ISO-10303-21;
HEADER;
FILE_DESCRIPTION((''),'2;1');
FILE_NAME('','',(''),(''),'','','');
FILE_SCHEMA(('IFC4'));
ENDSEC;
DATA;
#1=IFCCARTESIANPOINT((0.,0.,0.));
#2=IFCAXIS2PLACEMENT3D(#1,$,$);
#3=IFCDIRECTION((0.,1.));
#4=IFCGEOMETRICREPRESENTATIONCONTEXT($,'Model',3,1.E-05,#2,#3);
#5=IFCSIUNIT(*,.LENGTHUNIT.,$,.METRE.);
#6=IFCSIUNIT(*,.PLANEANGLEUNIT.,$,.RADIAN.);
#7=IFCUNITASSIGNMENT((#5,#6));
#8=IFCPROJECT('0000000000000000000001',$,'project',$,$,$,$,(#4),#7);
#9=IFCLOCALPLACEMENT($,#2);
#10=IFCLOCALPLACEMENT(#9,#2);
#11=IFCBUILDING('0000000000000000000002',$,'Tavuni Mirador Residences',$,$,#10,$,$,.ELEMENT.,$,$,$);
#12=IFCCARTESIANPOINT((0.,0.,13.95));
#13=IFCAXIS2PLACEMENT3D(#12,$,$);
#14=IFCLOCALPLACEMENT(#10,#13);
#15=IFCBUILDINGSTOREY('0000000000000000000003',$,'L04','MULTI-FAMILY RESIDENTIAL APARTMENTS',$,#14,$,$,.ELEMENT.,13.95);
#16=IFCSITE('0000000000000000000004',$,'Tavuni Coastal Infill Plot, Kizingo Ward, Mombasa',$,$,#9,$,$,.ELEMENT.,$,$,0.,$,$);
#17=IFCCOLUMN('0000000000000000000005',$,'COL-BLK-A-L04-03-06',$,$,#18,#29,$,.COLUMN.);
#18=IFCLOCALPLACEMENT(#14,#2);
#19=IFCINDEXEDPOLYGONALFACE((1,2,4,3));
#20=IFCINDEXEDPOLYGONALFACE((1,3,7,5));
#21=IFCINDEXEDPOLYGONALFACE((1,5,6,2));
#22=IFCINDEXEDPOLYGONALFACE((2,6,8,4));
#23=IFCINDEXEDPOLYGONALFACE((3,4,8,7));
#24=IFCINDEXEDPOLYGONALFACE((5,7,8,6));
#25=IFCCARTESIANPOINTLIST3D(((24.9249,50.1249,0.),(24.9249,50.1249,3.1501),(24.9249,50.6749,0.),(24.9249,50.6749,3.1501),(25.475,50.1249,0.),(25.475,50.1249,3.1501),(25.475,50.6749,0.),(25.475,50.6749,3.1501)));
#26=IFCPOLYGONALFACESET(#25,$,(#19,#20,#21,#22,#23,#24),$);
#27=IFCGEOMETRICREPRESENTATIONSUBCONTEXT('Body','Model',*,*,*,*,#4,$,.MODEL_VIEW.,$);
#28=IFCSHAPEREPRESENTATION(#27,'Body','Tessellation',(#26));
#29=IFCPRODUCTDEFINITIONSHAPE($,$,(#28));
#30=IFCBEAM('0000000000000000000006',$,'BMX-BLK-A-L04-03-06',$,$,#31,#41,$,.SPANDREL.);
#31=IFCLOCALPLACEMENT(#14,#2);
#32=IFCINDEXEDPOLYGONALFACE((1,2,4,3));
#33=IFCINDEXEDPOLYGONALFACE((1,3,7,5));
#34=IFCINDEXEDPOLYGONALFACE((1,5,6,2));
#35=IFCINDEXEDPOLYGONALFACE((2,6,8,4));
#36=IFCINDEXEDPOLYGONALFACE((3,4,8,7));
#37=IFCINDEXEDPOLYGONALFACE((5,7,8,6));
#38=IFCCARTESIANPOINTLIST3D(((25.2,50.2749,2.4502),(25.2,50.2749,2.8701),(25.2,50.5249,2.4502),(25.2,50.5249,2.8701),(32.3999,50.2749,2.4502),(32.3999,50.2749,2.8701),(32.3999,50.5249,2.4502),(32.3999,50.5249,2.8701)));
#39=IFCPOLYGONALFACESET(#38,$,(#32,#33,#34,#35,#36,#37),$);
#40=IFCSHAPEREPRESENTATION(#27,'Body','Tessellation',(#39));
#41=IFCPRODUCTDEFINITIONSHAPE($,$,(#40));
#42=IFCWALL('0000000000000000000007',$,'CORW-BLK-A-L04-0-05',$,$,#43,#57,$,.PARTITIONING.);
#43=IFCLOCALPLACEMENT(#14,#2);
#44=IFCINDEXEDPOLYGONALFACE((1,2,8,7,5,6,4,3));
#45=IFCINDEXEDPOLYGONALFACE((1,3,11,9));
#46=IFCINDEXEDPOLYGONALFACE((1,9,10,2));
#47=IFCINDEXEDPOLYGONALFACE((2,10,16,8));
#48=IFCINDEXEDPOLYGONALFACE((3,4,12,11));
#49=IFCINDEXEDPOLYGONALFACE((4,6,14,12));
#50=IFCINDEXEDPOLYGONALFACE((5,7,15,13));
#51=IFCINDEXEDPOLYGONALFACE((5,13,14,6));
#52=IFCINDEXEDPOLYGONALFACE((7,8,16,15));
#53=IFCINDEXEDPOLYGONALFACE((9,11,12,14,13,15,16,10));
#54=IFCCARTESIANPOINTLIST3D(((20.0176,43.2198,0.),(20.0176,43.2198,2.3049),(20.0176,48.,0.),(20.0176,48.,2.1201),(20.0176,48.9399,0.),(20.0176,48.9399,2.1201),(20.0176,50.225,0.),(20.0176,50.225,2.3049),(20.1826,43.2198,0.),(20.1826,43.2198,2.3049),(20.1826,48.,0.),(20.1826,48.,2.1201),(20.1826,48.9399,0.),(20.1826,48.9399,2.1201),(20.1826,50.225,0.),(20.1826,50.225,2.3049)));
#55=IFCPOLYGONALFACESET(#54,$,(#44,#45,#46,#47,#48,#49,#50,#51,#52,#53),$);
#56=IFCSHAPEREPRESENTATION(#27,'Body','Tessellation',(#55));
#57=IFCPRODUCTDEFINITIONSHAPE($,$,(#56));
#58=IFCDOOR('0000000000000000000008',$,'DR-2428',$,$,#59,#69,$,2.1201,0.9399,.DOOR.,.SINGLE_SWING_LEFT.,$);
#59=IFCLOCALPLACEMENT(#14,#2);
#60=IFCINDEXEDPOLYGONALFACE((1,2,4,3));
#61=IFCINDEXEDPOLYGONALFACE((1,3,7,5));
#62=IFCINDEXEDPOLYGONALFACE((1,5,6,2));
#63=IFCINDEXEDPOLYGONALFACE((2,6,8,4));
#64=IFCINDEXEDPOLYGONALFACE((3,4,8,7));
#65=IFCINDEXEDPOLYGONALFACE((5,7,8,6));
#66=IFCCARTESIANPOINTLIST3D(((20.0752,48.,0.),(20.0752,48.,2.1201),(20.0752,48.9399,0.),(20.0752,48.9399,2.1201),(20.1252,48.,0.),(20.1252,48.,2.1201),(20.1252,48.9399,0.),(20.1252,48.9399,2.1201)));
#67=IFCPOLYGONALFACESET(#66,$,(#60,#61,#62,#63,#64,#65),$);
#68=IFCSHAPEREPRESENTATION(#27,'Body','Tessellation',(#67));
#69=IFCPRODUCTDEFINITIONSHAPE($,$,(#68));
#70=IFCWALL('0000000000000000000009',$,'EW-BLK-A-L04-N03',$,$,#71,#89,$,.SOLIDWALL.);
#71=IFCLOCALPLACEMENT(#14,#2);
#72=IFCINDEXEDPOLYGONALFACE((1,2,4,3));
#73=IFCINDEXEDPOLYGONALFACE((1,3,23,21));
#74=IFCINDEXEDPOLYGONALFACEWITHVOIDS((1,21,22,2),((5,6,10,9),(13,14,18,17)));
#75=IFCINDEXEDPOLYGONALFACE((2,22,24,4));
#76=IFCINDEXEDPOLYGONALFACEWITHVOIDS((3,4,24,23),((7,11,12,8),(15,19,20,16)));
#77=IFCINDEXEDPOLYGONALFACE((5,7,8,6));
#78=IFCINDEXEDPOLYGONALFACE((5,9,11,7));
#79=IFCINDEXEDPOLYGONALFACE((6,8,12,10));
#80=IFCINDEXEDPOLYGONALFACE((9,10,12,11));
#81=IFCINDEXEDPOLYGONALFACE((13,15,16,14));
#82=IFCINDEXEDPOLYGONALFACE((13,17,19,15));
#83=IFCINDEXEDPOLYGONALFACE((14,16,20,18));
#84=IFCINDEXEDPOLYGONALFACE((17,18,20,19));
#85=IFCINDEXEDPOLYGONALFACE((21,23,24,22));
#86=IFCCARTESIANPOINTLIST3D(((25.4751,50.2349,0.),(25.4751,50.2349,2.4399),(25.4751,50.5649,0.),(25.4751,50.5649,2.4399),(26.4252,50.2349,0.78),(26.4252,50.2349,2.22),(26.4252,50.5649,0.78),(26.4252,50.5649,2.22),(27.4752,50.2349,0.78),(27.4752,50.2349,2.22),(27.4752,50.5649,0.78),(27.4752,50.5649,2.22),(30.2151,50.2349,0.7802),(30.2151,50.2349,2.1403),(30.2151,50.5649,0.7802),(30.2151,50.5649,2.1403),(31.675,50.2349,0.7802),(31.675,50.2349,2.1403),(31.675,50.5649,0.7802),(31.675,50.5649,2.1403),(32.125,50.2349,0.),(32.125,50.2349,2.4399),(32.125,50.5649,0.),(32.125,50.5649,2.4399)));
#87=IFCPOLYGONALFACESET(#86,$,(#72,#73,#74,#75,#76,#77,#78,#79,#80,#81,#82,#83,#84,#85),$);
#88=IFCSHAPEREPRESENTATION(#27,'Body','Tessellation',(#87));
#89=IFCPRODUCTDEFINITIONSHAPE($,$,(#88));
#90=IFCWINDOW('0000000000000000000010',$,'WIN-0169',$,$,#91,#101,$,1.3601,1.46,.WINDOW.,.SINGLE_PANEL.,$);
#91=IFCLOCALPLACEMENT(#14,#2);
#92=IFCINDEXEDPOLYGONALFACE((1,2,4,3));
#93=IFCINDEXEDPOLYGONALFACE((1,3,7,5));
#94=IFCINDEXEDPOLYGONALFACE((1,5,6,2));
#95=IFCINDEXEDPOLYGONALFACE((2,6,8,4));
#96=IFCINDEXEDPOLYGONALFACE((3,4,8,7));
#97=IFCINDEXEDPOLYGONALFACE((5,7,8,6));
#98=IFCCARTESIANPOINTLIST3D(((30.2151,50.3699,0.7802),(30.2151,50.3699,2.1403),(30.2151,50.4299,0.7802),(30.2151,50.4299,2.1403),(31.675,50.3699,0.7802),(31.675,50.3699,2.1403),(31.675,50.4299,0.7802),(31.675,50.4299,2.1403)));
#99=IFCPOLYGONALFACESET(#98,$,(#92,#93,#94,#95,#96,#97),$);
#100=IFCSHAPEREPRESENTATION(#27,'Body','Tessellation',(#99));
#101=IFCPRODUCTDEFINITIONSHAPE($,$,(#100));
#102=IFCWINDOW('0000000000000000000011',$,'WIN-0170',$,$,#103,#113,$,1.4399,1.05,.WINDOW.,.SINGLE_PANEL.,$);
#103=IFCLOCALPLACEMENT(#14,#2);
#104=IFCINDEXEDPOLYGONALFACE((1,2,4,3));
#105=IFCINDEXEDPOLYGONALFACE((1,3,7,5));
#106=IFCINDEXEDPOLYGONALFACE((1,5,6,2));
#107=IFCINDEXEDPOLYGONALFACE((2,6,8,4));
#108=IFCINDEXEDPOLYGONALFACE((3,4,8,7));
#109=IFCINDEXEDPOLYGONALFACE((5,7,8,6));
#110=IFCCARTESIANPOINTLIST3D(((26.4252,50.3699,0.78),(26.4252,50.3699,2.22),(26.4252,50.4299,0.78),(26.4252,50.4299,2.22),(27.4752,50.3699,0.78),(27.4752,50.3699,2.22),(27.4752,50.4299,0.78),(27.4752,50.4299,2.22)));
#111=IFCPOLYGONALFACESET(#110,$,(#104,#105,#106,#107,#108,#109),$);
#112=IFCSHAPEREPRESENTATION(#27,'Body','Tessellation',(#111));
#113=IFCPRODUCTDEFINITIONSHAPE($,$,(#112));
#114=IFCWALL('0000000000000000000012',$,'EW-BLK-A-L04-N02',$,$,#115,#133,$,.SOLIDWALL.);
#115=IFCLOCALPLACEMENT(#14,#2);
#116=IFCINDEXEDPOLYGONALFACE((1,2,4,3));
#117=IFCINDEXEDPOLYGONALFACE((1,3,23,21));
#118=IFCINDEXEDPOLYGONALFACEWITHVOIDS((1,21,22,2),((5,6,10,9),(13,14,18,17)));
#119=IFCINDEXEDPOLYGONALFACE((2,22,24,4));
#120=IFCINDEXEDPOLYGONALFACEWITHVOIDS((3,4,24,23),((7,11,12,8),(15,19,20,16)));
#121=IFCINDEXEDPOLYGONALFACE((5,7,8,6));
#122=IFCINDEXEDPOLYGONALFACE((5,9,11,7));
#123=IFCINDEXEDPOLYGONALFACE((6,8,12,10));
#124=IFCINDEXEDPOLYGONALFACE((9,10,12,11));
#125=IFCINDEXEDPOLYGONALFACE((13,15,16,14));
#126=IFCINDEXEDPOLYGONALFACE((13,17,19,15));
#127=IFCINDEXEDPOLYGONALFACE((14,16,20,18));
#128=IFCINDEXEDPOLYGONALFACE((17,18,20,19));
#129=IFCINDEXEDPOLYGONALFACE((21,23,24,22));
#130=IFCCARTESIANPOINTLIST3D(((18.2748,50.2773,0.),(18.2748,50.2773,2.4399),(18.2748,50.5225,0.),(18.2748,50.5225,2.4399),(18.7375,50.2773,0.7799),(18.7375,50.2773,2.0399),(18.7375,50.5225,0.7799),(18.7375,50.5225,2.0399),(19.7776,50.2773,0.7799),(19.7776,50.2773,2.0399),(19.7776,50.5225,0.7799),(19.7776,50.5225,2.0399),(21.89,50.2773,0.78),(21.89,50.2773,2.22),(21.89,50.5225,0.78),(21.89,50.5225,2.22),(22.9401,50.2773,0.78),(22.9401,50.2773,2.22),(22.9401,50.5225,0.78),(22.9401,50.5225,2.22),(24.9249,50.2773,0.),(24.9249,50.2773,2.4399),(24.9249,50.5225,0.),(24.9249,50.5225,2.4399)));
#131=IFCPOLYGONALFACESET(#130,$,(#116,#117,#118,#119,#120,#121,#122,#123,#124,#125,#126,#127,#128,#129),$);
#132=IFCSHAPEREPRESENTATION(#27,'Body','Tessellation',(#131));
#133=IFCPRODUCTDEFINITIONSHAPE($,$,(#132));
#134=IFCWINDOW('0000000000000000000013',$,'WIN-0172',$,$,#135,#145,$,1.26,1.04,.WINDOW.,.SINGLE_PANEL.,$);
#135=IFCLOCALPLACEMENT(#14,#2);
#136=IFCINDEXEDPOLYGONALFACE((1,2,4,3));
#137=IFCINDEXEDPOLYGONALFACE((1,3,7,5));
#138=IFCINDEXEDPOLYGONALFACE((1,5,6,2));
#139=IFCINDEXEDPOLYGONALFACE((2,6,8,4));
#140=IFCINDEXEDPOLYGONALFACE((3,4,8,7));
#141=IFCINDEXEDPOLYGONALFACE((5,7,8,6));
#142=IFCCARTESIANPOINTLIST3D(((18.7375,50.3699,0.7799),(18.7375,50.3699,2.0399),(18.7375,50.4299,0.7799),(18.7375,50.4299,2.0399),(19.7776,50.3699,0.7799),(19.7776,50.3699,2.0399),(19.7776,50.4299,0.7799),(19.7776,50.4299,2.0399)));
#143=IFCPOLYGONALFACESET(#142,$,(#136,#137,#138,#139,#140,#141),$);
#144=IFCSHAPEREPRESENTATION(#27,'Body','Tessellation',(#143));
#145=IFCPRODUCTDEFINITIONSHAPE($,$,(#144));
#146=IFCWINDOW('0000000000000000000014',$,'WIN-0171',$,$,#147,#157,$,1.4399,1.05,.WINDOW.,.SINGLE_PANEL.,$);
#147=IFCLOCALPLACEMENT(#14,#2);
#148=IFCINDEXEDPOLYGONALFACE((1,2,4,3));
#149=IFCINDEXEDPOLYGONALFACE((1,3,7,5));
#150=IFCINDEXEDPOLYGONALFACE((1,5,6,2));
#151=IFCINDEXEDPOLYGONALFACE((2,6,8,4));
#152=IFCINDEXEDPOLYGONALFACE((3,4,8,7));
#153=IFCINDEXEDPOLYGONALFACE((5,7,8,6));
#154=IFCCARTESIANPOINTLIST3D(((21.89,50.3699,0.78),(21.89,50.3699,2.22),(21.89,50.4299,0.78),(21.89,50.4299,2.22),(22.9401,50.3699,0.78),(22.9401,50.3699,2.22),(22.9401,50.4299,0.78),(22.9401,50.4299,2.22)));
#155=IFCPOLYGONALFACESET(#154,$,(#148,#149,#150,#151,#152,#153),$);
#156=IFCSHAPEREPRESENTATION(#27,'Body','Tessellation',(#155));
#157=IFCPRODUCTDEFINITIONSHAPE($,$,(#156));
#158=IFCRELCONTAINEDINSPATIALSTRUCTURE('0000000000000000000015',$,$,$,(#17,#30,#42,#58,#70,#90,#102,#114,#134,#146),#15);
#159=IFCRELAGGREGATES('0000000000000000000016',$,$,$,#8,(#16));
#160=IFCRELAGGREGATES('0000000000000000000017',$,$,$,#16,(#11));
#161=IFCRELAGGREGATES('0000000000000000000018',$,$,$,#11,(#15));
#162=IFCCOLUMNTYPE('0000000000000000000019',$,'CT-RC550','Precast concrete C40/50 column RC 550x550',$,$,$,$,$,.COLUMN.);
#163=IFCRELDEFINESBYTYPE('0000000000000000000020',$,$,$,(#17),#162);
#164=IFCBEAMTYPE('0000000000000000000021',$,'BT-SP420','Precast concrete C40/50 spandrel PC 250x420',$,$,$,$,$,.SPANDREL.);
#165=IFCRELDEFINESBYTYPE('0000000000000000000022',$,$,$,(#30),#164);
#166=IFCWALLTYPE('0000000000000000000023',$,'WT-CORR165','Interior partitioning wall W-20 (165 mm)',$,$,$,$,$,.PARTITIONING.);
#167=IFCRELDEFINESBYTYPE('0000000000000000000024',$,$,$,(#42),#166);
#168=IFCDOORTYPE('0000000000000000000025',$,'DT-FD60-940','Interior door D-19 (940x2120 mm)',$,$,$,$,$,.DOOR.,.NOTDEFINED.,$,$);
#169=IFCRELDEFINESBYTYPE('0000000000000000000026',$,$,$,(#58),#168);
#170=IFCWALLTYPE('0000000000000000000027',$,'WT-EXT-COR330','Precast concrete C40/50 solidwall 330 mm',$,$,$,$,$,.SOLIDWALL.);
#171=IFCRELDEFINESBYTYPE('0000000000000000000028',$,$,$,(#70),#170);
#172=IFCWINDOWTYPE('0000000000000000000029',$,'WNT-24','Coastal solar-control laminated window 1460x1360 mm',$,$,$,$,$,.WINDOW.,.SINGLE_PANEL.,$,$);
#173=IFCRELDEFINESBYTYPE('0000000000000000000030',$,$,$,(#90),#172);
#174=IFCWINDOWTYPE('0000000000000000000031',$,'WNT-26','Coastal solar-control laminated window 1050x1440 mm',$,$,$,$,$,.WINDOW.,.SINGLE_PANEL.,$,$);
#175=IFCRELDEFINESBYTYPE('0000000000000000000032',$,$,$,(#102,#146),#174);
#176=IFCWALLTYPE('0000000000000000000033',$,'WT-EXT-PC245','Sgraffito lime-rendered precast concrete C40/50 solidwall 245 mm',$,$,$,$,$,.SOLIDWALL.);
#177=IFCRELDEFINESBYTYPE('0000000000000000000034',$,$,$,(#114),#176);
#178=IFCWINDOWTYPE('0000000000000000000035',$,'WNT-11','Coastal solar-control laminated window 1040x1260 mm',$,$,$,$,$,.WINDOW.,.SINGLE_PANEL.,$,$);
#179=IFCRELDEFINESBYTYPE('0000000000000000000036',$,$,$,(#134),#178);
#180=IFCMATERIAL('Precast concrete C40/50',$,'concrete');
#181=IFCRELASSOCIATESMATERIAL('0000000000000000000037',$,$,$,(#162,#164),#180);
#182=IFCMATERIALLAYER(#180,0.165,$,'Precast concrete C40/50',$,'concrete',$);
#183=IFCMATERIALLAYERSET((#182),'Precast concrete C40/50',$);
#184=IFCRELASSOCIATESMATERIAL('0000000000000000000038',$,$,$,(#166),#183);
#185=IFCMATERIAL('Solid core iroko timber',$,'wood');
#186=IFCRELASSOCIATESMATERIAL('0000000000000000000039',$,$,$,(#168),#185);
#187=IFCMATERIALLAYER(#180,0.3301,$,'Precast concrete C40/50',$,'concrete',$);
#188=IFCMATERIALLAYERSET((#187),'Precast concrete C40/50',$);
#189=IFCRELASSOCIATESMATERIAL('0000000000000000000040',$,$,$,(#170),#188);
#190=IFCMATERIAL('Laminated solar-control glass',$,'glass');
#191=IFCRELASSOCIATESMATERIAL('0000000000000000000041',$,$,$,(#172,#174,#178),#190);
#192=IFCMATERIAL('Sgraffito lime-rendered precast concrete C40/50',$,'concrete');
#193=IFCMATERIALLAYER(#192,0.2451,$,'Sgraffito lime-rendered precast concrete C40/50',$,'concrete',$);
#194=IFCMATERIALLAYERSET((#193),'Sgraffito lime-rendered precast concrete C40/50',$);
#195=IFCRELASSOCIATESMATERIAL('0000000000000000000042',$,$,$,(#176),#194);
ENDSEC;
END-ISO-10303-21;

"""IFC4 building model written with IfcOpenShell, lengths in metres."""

from ifc_helpers import new_model, si_unit, direction, frame, frame_2d, origin, origin_2d, place, context, subcontext, project, spatial, rectangle, extrude, material, layer, layer_set, material_profile, profile_set, type_object, element, fill, save


model = new_model("IFC4")

# Units and contexts
model_context = context("Model", 3, precision=1e-05, world=origin(), true_north=direction((0.0, 1.0)))
body_context = subcontext(model_context, "Body", "Model", "MODEL_VIEW")
ifc_project = project(units=[si_unit("LENGTHUNIT", "METRE"), si_unit("PLANEANGLEUNIT", "RADIAN")], contexts=[model_context])

# Site, building, storey
site_placement = place(None, origin())
site = spatial("IfcSite", under=ifc_project, at=site_placement, Name="Tavuni Coastal Infill Plot, Kizingo Ward, Mombasa", CompositionType="ELEMENT", RefElevation=0.0)
building_placement = place(site_placement, origin())
building = spatial("IfcBuilding", under=site, at=building_placement, Name="Tavuni Mirador Residences", CompositionType="ELEMENT")
storey_placement = place(building_placement, frame((0.0, 0.0, 13.95)))
storey = spatial("IfcBuildingStorey", under=building, at=storey_placement, Name="L04", Description="MULTI-FAMILY RESIDENTIAL APARTMENTS", CompositionType="ELEMENT", Elevation=13.95)

# Column
ifc_material_1 = material(Name="Precast concrete C40/50", Category="concrete")
ifc_material_profile_1 = material_profile(ifc_material_1, rectangle(XDim=0.55, YDim=0.55, at=origin_2d()), Name="RC 550x550", Category="concrete")
ifc_profile_set_1 = profile_set([ifc_material_profile_1], Name="Precast concrete C40/50")
column_type = type_object("IfcColumnType", Name="CT-RC550", Description="Precast concrete C40/50 column RC 550x550", PredefinedType="COLUMN", material=ifc_profile_set_1)
column_placement = place(storey_placement, frame((25.2, 50.3999, 0.0), z_axis=(0.0, 0.0, 1.0), x_axis=(1.0, 0.0, 0.0)))
element("IfcColumn", 1, at=column_placement, inside=storey, type_object=column_type, Name="COL-BLK-A-L04-03-06", PredefinedType="COLUMN", context=body_context, shape_type="SweptSolid", body=[
    extrude(rectangle(XDim=0.55, YDim=0.55, at=origin_2d()), origin(), (0.0, 0.0, 1.0), 3.1501),
])

# Beam
ifc_material_profile_2 = material_profile(ifc_material_1, rectangle(XDim=0.25, YDim=0.4199, at=origin_2d()), Name="PC 250x420", Category="concrete")
ifc_profile_set_2 = profile_set([ifc_material_profile_2], Name="Precast concrete C40/50")
beam_type = type_object("IfcBeamType", Name="BT-SP420", Description="Precast concrete C40/50 spandrel PC 250x420", PredefinedType="SPANDREL", material=ifc_profile_set_2)
beam_placement = place(storey_placement, frame((25.2, 50.3999, 2.6602), z_axis=(1.0, 0.0, 0.0), x_axis=(0.0, 1.0, 0.0)))
element("IfcBeam", 2, at=beam_placement, inside=storey, type_object=beam_type, Name="BMX-BLK-A-L04-03-06", PredefinedType="SPANDREL", context=body_context, shape_type="SweptSolid", body=[
    extrude(rectangle(XDim=0.25, YDim=0.4199, at=origin_2d()), origin(), (0.0, 0.0, 1.0), 7.2),
])

# Wall, opening, door
ifc_layer_1 = layer(ifc_material_1, 0.165, Name="Precast concrete C40/50", Category="concrete")
ifc_layer_set_1 = layer_set([ifc_layer_1], Name="Precast concrete C40/50")
wall_type_1 = type_object("IfcWallType", Name="WT-CORR165", Description="Interior partitioning wall W-20 (165 mm)", PredefinedType="PARTITIONING", material=ifc_layer_set_1)
wall_1_placement = place(storey_placement, frame((20.1001, 43.22, 0.0), z_axis=(0.0, 0.0, 1.0), x_axis=(0.0, 1.0, 0.0)))
wall_1 = element("IfcWall", 3, at=wall_1_placement, inside=storey, type_object=wall_type_1, Name="CORW-BLK-A-L04-0-05", PredefinedType="PARTITIONING", context=body_context, shape_type="SweptSolid", body=[
    extrude(rectangle(XDim=7.0051, YDim=0.165, at=frame_2d((3.5024, 0.0))), origin(), (0.0, 0.0, 1.0), 2.3049),
])
opening_1_placement = place(wall_1_placement, frame((4.78, 0.0, 0.0)))
opening_1 = element("IfcOpeningElement", 4, at=opening_1_placement, cuts=wall_1, PredefinedType="OPENING", context=body_context, shape_type="SweptSolid", body=[
    extrude(rectangle(XDim=0.9399, YDim=2.1201, at=frame_2d((0.47, 1.0601))), frame((0.0, 0.0925, 0.0), z_axis=(0.0, -1.0, 0.0), x_axis=(1.0, 0.0, 0.0)), (0.0, 0.0, 1.0), 0.1851),
])
ifc_material_2 = material(Name="Solid core iroko timber", Category="wood")
door_type_1 = type_object("IfcDoorType", Name="DT-FD60-940", Description="Interior door D-19 (940x2120 mm)", OperationType="NOTDEFINED", PredefinedType="DOOR", material=ifc_material_2)
door_1_placement = place(opening_1_placement, origin())
door_1 = element("IfcDoor", 5, at=door_1_placement, inside=storey, type_object=door_type_1, Name="DR-2428", OperationType="SINGLE_SWING_LEFT", OverallHeight=2.1201, OverallWidth=0.9399, PredefinedType="DOOR", context=body_context, shape_type="SweptSolid", body=[
    extrude(rectangle(XDim=0.9399, YDim=2.1201, at=frame_2d((0.47, 1.0601))), frame((0.0, 0.0249, 0.0), z_axis=(0.0, -1.0, 0.0), x_axis=(1.0, 0.0, 0.0)), (0.0, 0.0, 1.0), 0.05),
])
fill(opening_1, door_1)

# Walls, openings, windows
ifc_layer_2 = layer(ifc_material_1, 0.3301, Name="Precast concrete C40/50", Category="concrete")
ifc_layer_set_2 = layer_set([ifc_layer_2], Name="Precast concrete C40/50")
wall_type_2 = type_object("IfcWallType", Name="WT-EXT-COR330", Description="Precast concrete C40/50 solidwall 330 mm", PredefinedType="SOLIDWALL", material=ifc_layer_set_2)
wall_2_placement = place(storey_placement, frame((32.125, 50.3999, 0.0), z_axis=(0.0, 0.0, 1.0), x_axis=(-1.0, 0.0, 0.0)))
wall_2 = element("IfcWall", 6, at=wall_2_placement, inside=storey, type_object=wall_type_2, Name="EW-BLK-A-L04-N03", PredefinedType="SOLIDWALL", context=body_context, shape_type="SweptSolid", body=[
    extrude(rectangle(XDim=6.6499, YDim=0.3301, at=frame_2d((3.325, 0.0))), origin(), (0.0, 0.0, 1.0), 2.4399),
])
opening_2_placement = place(wall_2_placement, frame((0.45, 0.0, 0.78)))
opening_2 = element("IfcOpeningElement", 7, at=opening_2_placement, cuts=wall_2, PredefinedType="OPENING", context=body_context, shape_type="SweptSolid", body=[
    extrude(rectangle(XDim=1.46, YDim=1.3601, at=frame_2d((0.73, 0.6802))), frame((0.0, 0.175, 0.0), z_axis=(0.0, -1.0, 0.0), x_axis=(1.0, 0.0, 0.0)), (0.0, 0.0, 1.0), 0.3501),
])
opening_3_placement = place(wall_2_placement, frame((4.6499, 0.0, 0.78)))
opening_3 = element("IfcOpeningElement", 8, at=opening_3_placement, cuts=wall_2, PredefinedType="OPENING", context=body_context, shape_type="SweptSolid", body=[
    extrude(rectangle(XDim=1.05, YDim=1.4399, at=frame_2d((0.5249, 0.72))), frame((0.0, 0.175, 0.0), z_axis=(0.0, -1.0, 0.0), x_axis=(1.0, 0.0, 0.0)), (0.0, 0.0, 1.0), 0.3501),
])
ifc_material_3 = material(Name="Laminated solar-control glass", Category="glass")
window_type_1 = type_object("IfcWindowType", Name="WNT-24", Description="Coastal solar-control laminated window 1460x1360 mm", PartitioningType="SINGLE_PANEL", PredefinedType="WINDOW", material=ifc_material_3)
window_1_placement = place(opening_2_placement, origin())
window_1 = element("IfcWindow", 9, at=window_1_placement, inside=storey, type_object=window_type_1, Name="WIN-0169", OverallHeight=1.3601, OverallWidth=1.46, PartitioningType="SINGLE_PANEL", PredefinedType="WINDOW", context=body_context, shape_type="SweptSolid", body=[
    extrude(rectangle(XDim=1.46, YDim=1.3601, at=frame_2d((0.73, 0.6802))), frame((0.0, 0.03, 0.0), z_axis=(0.0, -1.0, 0.0), x_axis=(1.0, 0.0, 0.0)), (0.0, 0.0, 1.0), 0.0601),
])
fill(opening_2, window_1)
window_type_2 = type_object("IfcWindowType", Name="WNT-26", Description="Coastal solar-control laminated window 1050x1440 mm", PartitioningType="SINGLE_PANEL", PredefinedType="WINDOW", material=ifc_material_3)
window_2_placement = place(opening_3_placement, origin())
window_2 = element("IfcWindow", 10, at=window_2_placement, inside=storey, type_object=window_type_2, Name="WIN-0170", OverallHeight=1.4399, OverallWidth=1.05, PartitioningType="SINGLE_PANEL", PredefinedType="WINDOW", context=body_context, shape_type="SweptSolid", body=[
    extrude(rectangle(XDim=1.05, YDim=1.4399, at=frame_2d((0.5249, 0.72))), frame((0.0, 0.03, 0.0), z_axis=(0.0, -1.0, 0.0), x_axis=(1.0, 0.0, 0.0)), (0.0, 0.0, 1.0), 0.0601),
])
fill(opening_3, window_2)
ifc_material_4 = material(Name="Sgraffito lime-rendered precast concrete C40/50", Category="concrete")
ifc_layer_3 = layer(ifc_material_4, 0.2451, Name="Sgraffito lime-rendered precast concrete C40/50", Category="concrete")
ifc_layer_set_3 = layer_set([ifc_layer_3], Name="Sgraffito lime-rendered precast concrete C40/50")
wall_type_3 = type_object("IfcWallType", Name="WT-EXT-PC245", Description="Sgraffito lime-rendered precast concrete C40/50 solidwall 245 mm", PredefinedType="SOLIDWALL", material=ifc_layer_set_3)
wall_3_placement = place(storey_placement, frame((24.925, 50.3999, 0.0), z_axis=(0.0, 0.0, 1.0), x_axis=(-1.0, 0.0, 0.0)))
wall_3 = element("IfcWall", 11, at=wall_3_placement, inside=storey, type_object=wall_type_3, Name="EW-BLK-A-L04-N02", PredefinedType="SOLIDWALL", context=body_context, shape_type="SweptSolid", body=[
    extrude(rectangle(XDim=6.6501, YDim=0.2451, at=frame_2d((3.3252, 0.0))), origin(), (0.0, 0.0, 1.0), 2.4399),
])
opening_4_placement = place(wall_3_placement, frame((1.9851, 0.0, 0.78)))
opening_4 = element("IfcOpeningElement", 12, at=opening_4_placement, cuts=wall_3, PredefinedType="OPENING", context=body_context, shape_type="SweptSolid", body=[
    extrude(rectangle(XDim=1.05, YDim=1.4399, at=frame_2d((0.5249, 0.72))), frame((0.0, 0.1326, 0.0), z_axis=(0.0, -1.0, 0.0), x_axis=(1.0, 0.0, 0.0)), (0.0, 0.0, 1.0), 0.2651),
])
opening_5_placement = place(wall_3_placement, frame((5.1475, 0.0, 0.78)))
opening_5 = element("IfcOpeningElement", 13, at=opening_5_placement, cuts=wall_3, PredefinedType="OPENING", context=body_context, shape_type="SweptSolid", body=[
    extrude(rectangle(XDim=1.04, YDim=1.26, at=frame_2d((0.52, 0.6299))), frame((0.0, 0.1326, 0.0), z_axis=(0.0, -1.0, 0.0), x_axis=(1.0, 0.0, 0.0)), (0.0, 0.0, 1.0), 0.2651),
])
window_type_3 = type_object("IfcWindowType", Name="WNT-11", Description="Coastal solar-control laminated window 1040x1260 mm", PartitioningType="SINGLE_PANEL", PredefinedType="WINDOW", material=ifc_material_3)
window_3_placement = place(opening_5_placement, origin())
window_3 = element("IfcWindow", 14, at=window_3_placement, inside=storey, type_object=window_type_3, Name="WIN-0172", OverallHeight=1.26, OverallWidth=1.04, PartitioningType="SINGLE_PANEL", PredefinedType="WINDOW", context=body_context, shape_type="SweptSolid", body=[
    extrude(rectangle(XDim=1.04, YDim=1.26, at=frame_2d((0.52, 0.6299))), frame((0.0, 0.03, 0.0), z_axis=(0.0, -1.0, 0.0), x_axis=(1.0, 0.0, 0.0)), (0.0, 0.0, 1.0), 0.0601),
])
fill(opening_5, window_3)
window_4_placement = place(opening_4_placement, origin())
window_4 = element("IfcWindow", 15, at=window_4_placement, inside=storey, type_object=window_type_2, Name="WIN-0171", OverallHeight=1.4399, OverallWidth=1.05, PartitioningType="SINGLE_PANEL", PredefinedType="WINDOW", context=body_context, shape_type="SweptSolid", body=[
    extrude(rectangle(XDim=1.05, YDim=1.4399, at=frame_2d((0.5249, 0.72))), frame((0.0, 0.03, 0.0), z_axis=(0.0, -1.0, 0.0), x_axis=(1.0, 0.0, 0.0)), (0.0, 0.0, 1.0), 0.0601),
])
fill(opening_4, window_4)

save(model, "model.ifc")
